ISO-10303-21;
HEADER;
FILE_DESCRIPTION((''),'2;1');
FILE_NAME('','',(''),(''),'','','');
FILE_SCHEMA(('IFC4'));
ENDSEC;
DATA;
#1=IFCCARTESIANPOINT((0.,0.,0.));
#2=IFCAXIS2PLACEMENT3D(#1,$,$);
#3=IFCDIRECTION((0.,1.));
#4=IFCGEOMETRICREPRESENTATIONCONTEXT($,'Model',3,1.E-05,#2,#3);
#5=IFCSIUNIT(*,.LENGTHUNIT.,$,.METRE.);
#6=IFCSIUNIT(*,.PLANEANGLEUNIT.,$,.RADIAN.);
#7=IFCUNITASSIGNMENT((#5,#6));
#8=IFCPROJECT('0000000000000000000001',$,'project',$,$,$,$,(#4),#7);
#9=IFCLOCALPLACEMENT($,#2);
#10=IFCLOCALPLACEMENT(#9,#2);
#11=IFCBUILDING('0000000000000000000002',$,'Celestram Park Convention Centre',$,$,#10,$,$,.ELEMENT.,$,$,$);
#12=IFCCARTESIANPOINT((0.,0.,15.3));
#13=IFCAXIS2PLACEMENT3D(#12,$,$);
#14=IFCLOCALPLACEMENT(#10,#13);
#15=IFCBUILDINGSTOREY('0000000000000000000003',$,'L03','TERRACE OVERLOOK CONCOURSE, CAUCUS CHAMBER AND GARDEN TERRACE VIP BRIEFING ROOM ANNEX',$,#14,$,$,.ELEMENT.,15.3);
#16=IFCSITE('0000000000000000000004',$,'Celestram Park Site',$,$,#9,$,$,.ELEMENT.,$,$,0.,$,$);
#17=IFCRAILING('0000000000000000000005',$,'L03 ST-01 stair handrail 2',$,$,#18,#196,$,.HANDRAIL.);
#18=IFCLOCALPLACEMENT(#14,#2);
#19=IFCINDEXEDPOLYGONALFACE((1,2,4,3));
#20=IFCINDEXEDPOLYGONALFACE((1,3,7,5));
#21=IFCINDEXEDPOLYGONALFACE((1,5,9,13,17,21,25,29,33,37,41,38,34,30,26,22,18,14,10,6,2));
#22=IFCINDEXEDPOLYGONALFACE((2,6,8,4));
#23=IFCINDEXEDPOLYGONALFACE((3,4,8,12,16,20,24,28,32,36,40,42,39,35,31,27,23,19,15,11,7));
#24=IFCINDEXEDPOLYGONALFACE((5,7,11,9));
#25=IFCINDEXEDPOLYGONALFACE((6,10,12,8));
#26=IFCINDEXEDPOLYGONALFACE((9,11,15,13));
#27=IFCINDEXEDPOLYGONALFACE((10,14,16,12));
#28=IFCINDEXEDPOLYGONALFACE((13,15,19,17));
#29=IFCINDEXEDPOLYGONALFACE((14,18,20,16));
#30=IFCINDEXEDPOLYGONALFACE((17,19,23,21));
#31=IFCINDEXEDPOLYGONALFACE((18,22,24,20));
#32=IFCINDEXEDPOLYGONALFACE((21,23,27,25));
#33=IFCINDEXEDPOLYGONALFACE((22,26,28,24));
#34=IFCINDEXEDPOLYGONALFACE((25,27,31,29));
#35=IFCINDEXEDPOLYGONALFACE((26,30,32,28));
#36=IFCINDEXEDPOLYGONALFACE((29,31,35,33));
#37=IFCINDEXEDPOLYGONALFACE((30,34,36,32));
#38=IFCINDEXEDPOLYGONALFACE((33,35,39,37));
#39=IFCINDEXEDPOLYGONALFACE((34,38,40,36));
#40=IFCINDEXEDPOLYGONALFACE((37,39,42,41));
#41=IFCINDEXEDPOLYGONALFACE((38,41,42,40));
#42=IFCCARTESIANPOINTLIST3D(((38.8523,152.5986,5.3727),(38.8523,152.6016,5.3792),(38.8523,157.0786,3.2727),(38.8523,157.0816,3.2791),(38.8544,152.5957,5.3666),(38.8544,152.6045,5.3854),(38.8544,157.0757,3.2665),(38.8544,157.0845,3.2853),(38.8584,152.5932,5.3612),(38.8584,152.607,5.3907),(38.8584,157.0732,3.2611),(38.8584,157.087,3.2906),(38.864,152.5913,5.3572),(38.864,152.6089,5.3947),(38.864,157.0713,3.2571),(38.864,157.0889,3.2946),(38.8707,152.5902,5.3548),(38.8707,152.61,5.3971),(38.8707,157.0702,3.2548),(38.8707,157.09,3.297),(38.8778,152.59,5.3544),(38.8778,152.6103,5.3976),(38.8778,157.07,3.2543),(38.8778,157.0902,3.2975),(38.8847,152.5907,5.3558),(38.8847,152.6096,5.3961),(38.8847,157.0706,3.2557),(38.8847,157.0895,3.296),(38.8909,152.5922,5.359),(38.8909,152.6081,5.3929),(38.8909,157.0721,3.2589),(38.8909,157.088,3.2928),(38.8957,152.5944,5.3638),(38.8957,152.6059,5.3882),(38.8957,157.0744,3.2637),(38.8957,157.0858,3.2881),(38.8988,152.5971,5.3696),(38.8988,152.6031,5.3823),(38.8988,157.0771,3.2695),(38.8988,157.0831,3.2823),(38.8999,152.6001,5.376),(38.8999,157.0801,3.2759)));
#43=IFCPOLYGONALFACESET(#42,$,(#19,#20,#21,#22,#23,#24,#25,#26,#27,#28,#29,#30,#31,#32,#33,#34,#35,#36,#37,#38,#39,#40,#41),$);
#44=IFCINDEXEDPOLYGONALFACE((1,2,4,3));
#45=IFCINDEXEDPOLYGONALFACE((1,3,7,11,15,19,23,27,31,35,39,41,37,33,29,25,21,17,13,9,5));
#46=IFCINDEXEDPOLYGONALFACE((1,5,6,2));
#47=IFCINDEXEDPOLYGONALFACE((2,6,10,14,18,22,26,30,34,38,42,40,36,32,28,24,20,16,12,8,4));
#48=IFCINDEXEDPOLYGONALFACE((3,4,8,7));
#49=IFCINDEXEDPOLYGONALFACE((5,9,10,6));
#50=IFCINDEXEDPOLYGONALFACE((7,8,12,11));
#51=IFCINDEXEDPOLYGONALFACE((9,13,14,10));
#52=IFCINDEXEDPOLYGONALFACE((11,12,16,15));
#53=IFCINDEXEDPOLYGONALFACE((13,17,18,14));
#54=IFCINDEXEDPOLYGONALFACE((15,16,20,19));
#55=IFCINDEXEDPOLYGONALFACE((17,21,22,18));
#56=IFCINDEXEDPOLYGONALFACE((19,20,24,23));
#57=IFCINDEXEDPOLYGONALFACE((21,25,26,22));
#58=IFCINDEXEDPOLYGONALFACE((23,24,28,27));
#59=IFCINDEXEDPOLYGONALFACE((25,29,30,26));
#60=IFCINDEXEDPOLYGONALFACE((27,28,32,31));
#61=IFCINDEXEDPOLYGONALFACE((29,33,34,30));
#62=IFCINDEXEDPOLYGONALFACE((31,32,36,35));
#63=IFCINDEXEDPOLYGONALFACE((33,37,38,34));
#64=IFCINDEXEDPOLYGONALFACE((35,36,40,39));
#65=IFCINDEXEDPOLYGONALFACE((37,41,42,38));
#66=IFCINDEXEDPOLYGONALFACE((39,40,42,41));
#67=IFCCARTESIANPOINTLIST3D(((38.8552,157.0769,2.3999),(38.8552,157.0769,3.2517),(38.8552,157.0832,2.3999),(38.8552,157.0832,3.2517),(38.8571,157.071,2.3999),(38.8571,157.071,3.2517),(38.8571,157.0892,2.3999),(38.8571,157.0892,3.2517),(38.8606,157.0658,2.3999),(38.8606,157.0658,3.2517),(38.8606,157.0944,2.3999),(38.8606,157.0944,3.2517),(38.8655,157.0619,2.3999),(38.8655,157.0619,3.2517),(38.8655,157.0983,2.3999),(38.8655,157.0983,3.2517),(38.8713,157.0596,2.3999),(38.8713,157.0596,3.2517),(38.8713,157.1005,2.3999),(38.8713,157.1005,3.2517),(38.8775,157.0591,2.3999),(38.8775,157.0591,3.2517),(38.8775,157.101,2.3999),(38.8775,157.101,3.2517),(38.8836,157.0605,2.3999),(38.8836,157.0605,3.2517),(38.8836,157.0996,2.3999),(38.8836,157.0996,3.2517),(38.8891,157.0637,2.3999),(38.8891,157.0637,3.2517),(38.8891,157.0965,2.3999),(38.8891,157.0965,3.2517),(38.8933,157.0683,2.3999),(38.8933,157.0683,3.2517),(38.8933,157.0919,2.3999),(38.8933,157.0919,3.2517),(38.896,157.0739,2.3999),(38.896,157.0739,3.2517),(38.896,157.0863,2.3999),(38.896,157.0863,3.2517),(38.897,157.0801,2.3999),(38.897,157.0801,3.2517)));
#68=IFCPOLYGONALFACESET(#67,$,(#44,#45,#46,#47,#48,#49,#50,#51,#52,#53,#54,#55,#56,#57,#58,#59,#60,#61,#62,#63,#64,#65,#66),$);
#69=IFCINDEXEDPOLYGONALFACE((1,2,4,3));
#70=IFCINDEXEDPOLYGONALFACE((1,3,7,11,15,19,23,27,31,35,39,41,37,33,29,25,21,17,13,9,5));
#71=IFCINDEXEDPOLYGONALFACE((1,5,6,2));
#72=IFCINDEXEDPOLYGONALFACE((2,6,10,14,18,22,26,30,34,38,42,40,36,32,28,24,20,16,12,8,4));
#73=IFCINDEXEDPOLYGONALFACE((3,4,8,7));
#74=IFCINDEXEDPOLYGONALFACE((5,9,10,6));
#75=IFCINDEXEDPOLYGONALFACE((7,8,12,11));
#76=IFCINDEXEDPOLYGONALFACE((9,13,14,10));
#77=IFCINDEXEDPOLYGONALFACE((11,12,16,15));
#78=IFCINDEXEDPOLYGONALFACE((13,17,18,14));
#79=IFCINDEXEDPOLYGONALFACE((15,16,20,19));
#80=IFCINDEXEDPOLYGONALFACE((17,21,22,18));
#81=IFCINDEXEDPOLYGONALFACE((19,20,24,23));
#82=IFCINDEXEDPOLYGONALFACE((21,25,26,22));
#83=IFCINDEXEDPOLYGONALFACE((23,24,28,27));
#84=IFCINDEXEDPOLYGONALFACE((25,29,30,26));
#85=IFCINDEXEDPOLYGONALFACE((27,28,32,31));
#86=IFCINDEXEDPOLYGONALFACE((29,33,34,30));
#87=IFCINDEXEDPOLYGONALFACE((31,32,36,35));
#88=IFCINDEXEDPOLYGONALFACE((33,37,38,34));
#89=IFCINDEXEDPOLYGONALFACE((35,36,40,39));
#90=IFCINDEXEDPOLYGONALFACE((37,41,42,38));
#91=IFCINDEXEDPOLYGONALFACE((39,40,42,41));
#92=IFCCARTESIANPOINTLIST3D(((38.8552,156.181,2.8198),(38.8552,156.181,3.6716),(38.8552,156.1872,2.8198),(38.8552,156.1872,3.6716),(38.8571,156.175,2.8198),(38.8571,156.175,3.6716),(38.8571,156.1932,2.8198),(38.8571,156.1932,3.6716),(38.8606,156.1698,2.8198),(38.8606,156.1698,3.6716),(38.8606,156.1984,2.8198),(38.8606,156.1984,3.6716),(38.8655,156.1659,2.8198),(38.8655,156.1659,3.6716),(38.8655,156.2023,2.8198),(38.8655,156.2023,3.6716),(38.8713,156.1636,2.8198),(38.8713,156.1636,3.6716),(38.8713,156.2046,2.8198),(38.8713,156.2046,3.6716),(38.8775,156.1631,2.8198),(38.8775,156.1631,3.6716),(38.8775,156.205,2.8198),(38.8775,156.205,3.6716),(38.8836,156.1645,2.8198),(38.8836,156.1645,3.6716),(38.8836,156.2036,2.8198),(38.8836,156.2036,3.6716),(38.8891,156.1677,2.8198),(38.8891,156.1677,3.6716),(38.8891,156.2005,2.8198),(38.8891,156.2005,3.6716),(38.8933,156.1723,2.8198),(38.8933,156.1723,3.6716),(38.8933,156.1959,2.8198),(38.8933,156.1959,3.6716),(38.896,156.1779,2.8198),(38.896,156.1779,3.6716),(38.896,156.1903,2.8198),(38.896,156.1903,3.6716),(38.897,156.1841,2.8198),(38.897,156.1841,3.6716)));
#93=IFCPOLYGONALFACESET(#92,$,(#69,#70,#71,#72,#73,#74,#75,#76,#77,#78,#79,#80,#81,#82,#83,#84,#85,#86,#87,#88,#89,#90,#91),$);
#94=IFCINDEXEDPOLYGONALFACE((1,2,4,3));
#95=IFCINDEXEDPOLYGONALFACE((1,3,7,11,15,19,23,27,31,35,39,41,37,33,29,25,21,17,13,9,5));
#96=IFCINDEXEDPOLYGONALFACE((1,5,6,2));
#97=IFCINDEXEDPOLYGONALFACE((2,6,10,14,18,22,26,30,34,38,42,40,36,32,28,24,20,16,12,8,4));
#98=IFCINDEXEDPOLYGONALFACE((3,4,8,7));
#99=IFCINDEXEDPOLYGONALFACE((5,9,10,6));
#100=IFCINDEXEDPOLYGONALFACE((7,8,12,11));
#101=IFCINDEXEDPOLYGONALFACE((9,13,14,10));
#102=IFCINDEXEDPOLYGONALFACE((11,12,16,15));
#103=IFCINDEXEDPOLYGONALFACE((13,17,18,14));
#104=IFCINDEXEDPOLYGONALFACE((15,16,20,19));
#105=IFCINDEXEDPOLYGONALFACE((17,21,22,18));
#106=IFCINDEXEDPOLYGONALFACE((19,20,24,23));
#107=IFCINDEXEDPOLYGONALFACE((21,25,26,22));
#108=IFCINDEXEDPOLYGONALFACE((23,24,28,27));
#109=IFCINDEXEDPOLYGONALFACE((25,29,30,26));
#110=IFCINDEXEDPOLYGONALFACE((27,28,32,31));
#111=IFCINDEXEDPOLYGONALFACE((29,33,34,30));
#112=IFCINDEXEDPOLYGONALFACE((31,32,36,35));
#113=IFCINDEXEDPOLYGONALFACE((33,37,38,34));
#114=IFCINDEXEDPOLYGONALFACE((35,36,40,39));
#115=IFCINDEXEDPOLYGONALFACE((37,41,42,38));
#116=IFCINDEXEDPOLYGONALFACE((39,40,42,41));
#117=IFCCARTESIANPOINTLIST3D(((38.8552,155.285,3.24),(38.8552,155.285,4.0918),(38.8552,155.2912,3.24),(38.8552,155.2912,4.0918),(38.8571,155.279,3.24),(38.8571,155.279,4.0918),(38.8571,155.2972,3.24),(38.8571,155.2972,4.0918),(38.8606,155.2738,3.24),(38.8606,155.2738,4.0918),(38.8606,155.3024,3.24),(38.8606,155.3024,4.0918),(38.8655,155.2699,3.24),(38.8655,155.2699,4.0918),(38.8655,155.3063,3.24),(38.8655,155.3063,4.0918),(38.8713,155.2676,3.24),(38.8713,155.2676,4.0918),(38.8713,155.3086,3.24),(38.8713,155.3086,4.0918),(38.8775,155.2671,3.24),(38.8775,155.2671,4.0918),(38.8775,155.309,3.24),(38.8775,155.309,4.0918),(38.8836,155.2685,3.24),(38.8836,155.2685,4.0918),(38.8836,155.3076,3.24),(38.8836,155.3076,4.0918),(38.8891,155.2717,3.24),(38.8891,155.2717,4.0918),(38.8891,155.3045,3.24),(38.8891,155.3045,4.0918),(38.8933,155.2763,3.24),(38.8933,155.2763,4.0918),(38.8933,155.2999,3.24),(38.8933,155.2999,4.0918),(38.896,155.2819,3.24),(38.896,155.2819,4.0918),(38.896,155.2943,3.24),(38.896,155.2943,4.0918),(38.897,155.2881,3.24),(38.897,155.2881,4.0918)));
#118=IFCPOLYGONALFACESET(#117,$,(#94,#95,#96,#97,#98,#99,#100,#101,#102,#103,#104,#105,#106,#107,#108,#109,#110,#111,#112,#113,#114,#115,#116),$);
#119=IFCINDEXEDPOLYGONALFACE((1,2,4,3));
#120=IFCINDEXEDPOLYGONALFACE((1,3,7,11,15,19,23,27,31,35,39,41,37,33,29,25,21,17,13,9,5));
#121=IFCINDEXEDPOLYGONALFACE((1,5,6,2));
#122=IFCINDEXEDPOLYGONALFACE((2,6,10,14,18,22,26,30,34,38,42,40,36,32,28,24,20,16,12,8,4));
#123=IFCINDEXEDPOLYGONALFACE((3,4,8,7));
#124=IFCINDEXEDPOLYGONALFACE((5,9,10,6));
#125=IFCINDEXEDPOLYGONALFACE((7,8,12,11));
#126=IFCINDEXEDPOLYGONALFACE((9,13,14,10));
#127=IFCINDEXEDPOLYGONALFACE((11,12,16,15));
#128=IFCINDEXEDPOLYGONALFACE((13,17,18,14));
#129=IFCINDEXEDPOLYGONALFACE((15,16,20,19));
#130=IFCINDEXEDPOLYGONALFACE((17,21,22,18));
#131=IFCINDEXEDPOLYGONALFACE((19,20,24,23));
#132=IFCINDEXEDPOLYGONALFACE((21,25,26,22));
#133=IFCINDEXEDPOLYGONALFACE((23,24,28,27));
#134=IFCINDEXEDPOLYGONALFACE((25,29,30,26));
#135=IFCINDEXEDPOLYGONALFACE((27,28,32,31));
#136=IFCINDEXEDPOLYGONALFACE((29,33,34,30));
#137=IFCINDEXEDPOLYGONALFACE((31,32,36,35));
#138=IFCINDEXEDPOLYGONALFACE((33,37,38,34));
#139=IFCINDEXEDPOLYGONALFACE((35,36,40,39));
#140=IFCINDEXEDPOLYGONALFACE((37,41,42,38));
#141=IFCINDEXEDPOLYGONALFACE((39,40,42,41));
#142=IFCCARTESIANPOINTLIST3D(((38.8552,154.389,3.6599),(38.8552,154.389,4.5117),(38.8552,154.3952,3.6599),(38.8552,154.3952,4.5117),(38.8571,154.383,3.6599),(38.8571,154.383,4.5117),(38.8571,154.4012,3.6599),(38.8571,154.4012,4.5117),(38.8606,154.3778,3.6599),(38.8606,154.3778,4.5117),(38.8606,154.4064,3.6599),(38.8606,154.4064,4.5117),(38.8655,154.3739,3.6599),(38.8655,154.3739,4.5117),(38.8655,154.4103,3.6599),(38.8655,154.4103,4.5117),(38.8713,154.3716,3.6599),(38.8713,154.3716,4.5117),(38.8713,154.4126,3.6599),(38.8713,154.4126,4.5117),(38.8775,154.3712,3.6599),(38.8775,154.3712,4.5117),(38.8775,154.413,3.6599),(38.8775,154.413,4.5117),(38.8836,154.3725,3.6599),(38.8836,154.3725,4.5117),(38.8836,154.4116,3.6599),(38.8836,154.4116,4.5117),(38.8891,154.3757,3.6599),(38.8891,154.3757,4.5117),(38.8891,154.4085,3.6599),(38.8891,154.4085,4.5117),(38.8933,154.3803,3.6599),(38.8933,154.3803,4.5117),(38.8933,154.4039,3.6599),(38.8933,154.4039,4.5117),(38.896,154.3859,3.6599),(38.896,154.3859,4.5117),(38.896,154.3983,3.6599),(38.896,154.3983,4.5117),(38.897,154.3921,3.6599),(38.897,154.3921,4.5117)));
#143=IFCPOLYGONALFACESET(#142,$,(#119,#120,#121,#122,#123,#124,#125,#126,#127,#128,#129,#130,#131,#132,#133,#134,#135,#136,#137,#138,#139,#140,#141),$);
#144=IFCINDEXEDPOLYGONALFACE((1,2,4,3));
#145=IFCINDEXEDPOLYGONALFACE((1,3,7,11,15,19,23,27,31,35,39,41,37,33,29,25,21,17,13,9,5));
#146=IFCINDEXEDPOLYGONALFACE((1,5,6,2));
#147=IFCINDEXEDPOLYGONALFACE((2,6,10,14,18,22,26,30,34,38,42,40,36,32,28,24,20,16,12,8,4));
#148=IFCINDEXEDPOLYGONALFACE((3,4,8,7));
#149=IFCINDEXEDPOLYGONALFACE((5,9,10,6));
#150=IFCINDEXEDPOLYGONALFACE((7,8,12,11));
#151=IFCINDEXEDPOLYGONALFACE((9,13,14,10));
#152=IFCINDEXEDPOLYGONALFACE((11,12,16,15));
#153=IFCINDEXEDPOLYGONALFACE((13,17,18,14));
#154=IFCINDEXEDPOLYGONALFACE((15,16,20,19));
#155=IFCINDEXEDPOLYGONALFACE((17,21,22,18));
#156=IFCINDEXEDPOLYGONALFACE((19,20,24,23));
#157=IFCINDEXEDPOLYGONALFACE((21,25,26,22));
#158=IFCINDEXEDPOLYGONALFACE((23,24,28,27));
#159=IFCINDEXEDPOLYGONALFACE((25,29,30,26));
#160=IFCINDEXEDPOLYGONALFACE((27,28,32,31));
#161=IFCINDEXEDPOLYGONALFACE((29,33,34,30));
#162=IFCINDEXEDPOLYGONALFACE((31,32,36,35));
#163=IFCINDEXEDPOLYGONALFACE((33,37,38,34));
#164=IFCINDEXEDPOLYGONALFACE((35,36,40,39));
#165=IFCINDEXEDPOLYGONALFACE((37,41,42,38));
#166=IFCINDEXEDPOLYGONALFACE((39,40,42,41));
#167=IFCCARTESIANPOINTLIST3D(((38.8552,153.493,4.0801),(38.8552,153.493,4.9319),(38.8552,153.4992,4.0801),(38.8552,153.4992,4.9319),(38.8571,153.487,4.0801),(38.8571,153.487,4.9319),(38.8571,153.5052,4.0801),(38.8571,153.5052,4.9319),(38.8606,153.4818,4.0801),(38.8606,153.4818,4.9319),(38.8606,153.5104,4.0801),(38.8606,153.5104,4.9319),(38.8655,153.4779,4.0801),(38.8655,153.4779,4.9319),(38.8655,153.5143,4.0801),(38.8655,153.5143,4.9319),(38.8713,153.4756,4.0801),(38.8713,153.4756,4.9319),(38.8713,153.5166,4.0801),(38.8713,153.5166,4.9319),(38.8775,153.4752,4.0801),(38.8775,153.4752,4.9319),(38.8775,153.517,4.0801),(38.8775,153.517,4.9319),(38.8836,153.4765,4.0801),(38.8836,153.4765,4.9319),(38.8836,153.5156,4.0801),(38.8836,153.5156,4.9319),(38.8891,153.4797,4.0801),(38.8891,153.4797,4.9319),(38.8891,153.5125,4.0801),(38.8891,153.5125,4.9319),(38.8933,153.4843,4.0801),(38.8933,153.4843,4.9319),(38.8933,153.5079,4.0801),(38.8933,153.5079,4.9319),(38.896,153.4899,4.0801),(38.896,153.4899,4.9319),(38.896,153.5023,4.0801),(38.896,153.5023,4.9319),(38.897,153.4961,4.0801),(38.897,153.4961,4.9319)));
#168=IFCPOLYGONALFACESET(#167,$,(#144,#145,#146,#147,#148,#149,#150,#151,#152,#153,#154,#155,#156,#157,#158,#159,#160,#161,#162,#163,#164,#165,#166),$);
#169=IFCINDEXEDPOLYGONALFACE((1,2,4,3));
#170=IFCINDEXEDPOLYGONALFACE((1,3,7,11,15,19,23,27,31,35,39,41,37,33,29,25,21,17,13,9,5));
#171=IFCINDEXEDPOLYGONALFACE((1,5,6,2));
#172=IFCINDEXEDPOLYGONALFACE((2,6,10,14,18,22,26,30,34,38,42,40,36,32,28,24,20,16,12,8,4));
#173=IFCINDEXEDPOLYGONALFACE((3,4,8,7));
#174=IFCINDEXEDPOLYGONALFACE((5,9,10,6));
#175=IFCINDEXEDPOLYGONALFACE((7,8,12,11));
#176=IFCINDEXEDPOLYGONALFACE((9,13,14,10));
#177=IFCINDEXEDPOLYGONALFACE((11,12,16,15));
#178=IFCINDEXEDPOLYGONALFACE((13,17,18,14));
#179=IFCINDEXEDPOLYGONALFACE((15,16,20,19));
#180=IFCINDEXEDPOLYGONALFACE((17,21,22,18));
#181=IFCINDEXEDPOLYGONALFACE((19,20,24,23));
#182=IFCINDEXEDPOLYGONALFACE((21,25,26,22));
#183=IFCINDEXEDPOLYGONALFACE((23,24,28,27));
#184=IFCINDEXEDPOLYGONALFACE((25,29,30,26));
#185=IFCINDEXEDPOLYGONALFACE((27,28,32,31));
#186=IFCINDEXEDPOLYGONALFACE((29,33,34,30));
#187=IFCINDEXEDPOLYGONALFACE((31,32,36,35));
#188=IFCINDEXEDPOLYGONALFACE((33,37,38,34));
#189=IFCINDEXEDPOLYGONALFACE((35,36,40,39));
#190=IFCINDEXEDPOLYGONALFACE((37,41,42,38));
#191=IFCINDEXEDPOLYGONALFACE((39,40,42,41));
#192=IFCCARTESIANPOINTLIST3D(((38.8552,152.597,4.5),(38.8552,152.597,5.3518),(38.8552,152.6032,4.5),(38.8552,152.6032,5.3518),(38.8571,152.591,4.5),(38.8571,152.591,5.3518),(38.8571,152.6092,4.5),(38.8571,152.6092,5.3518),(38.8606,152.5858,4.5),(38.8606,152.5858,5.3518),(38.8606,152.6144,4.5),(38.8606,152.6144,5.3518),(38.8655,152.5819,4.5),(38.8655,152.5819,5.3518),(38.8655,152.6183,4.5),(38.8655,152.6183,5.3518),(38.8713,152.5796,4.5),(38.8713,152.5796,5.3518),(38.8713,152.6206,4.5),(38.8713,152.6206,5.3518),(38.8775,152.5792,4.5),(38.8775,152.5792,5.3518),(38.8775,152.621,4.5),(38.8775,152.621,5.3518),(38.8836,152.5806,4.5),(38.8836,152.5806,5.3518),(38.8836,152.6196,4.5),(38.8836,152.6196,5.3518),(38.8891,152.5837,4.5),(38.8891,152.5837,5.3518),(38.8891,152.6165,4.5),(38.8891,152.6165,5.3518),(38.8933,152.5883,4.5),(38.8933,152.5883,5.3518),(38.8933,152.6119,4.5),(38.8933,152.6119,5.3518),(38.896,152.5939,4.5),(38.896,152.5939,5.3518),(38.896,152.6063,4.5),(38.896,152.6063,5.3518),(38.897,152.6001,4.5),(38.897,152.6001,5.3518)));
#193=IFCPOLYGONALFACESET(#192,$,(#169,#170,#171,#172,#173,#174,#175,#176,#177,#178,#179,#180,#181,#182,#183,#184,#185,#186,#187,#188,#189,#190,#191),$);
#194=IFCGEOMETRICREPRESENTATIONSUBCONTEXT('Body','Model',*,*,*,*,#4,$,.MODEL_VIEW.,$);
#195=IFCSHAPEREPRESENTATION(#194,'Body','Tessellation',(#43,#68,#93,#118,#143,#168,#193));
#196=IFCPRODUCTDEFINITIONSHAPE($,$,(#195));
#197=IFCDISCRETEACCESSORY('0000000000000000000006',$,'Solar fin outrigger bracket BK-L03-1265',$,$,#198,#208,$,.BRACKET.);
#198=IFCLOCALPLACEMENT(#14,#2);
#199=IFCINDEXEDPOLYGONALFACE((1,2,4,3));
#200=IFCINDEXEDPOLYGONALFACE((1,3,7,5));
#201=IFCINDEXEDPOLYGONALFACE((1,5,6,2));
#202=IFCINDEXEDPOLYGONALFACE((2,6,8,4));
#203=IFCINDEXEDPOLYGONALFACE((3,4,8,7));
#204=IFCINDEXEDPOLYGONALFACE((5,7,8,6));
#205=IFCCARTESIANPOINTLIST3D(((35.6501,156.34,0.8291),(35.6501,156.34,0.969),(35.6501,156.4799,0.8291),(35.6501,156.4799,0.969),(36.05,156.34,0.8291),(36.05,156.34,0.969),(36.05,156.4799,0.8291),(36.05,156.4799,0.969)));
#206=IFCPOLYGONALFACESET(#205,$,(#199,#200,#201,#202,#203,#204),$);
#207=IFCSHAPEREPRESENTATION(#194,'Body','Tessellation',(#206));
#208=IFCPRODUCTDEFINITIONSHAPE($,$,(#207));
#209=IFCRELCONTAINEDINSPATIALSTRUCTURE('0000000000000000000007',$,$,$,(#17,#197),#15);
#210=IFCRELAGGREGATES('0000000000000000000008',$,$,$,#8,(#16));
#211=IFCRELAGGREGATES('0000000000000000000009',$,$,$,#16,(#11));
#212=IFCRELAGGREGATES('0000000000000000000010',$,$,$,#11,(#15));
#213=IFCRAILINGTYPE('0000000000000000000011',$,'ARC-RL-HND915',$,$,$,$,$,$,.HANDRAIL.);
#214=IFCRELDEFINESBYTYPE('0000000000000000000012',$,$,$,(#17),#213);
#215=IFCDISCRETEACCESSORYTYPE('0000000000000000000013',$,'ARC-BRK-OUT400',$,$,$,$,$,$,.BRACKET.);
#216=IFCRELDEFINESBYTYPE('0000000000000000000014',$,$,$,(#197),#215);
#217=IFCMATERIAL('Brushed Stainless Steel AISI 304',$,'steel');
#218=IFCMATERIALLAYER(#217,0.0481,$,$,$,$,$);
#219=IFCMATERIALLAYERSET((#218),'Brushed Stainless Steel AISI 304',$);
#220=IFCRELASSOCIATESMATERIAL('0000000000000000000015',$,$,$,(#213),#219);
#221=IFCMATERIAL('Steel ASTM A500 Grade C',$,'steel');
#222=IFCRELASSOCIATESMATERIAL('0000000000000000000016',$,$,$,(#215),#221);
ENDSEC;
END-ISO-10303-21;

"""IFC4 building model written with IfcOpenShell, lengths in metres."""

from ifc_helpers import new_model, si_unit, direction, frame, origin, origin_2d, place, context, subcontext, project, spatial, rectangle, circle, extrude, material, layer, layer_set, type_object, element, save


model = new_model("IFC4")

# Units and contexts
model_context = context("Model", 3, precision=1e-05, world=origin(), true_north=direction((0.0, 1.0)))
body_context = subcontext(model_context, "Body", "Model", "MODEL_VIEW")
ifc_project = project(units=[si_unit("LENGTHUNIT", "METRE"), si_unit("PLANEANGLEUNIT", "RADIAN")], contexts=[model_context])

# Site, building, storey
site_placement = place(None, origin())
site = spatial("IfcSite", under=ifc_project, at=site_placement, Name="Celestram Park Site", CompositionType="ELEMENT", RefElevation=0.0)
building_placement = place(site_placement, origin())
building = spatial("IfcBuilding", under=site, at=building_placement, Name="Celestram Park Convention Centre", CompositionType="ELEMENT")
storey_placement = place(building_placement, frame((0.0, 0.0, 15.3)))
storey = spatial("IfcBuildingStorey", under=building, at=storey_placement, Name="L03", Description="TERRACE OVERLOOK CONCOURSE, CAUCUS CHAMBER AND GARDEN TERRACE VIP BRIEFING ROOM ANNEX", CompositionType="ELEMENT", Elevation=15.3)

# Shared definitions
ifc_material_1 = material(Name="Steel ASTM A500 Grade C", Category="steel")

# Railing
ifc_material_2 = material(Name="Brushed Stainless Steel AISI 304", Category="steel")
ifc_layer_1 = layer(ifc_material_2, 0.0481)
ifc_layer_set_1 = layer_set([ifc_layer_1], Name="Brushed Stainless Steel AISI 304")
railing_type_1 = type_object("IfcRailingType", Name="ARC-RL-HND915", PredefinedType="HANDRAIL", material=ifc_layer_set_1)
railing_1_placement = place(storey_placement, frame((38.876, 157.0801, 2.3999)))
element("IfcRailing", 1, at=railing_1_placement, inside=storey, type_object=railing_type_1, Name="L03 ST-01 stair handrail 2", PredefinedType="HANDRAIL", context=body_context, shape_type="SweptSolid", body=[
    extrude(circle(Radius=0.0239, at=origin_2d()), frame((0.0, 0.0, 0.876), z_axis=(0.0, -0.905451, 0.424452), x_axis=(1.0, 0.0, 0.0)), (0.0, 0.0, 1.0), 4.9478),
    extrude(circle(Radius=0.021, at=origin_2d()), origin(), (0.0, 0.0, 1.0), 0.8518),
    extrude(circle(Radius=0.021, at=origin_2d()), frame((0.0, -0.896, 0.4199)), (0.0, 0.0, 1.0), 0.8518),
    extrude(circle(Radius=0.021, at=origin_2d()), frame((0.0, -1.792, 0.8401)), (0.0, 0.0, 1.0), 0.8518),
    extrude(circle(Radius=0.021, at=origin_2d()), frame((0.0, -2.688, 1.26)), (0.0, 0.0, 1.0), 0.8518),
    extrude(circle(Radius=0.021, at=origin_2d()), frame((0.0, -3.584, 1.6802)), (0.0, 0.0, 1.0), 0.8518),
    extrude(circle(Radius=0.021, at=origin_2d()), frame((0.0, -4.48, 2.1001)), (0.0, 0.0, 1.0), 0.8518),
])

# Discrete accessory
discrete_accessory_type = type_object("IfcDiscreteAccessoryType", Name="ARC-BRK-OUT400", PredefinedType="BRACKET", material=ifc_material_1)
for number, where, z_axis, x_axis, name in (
    (2, (35.8501, 156.4099, 0.8291), (0.0, 0.0, 1.0), (-1.0, 0.0, 0.0), "Solar fin outrigger bracket BK-L03-1265"),
):
    element("IfcDiscreteAccessory", number, at=place(storey_placement, frame(where, z_axis=z_axis, x_axis=x_axis)), inside=storey, type_object=discrete_accessory_type, Name=name, PredefinedType="BRACKET", context=body_context, shape_type="SweptSolid", body=[
        extrude(rectangle(XDim=0.3999, YDim=0.1399, at=origin_2d()), origin(), (0.0, 0.0, 1.0), 0.1399),
    ])

save(model, "model.ifc")
